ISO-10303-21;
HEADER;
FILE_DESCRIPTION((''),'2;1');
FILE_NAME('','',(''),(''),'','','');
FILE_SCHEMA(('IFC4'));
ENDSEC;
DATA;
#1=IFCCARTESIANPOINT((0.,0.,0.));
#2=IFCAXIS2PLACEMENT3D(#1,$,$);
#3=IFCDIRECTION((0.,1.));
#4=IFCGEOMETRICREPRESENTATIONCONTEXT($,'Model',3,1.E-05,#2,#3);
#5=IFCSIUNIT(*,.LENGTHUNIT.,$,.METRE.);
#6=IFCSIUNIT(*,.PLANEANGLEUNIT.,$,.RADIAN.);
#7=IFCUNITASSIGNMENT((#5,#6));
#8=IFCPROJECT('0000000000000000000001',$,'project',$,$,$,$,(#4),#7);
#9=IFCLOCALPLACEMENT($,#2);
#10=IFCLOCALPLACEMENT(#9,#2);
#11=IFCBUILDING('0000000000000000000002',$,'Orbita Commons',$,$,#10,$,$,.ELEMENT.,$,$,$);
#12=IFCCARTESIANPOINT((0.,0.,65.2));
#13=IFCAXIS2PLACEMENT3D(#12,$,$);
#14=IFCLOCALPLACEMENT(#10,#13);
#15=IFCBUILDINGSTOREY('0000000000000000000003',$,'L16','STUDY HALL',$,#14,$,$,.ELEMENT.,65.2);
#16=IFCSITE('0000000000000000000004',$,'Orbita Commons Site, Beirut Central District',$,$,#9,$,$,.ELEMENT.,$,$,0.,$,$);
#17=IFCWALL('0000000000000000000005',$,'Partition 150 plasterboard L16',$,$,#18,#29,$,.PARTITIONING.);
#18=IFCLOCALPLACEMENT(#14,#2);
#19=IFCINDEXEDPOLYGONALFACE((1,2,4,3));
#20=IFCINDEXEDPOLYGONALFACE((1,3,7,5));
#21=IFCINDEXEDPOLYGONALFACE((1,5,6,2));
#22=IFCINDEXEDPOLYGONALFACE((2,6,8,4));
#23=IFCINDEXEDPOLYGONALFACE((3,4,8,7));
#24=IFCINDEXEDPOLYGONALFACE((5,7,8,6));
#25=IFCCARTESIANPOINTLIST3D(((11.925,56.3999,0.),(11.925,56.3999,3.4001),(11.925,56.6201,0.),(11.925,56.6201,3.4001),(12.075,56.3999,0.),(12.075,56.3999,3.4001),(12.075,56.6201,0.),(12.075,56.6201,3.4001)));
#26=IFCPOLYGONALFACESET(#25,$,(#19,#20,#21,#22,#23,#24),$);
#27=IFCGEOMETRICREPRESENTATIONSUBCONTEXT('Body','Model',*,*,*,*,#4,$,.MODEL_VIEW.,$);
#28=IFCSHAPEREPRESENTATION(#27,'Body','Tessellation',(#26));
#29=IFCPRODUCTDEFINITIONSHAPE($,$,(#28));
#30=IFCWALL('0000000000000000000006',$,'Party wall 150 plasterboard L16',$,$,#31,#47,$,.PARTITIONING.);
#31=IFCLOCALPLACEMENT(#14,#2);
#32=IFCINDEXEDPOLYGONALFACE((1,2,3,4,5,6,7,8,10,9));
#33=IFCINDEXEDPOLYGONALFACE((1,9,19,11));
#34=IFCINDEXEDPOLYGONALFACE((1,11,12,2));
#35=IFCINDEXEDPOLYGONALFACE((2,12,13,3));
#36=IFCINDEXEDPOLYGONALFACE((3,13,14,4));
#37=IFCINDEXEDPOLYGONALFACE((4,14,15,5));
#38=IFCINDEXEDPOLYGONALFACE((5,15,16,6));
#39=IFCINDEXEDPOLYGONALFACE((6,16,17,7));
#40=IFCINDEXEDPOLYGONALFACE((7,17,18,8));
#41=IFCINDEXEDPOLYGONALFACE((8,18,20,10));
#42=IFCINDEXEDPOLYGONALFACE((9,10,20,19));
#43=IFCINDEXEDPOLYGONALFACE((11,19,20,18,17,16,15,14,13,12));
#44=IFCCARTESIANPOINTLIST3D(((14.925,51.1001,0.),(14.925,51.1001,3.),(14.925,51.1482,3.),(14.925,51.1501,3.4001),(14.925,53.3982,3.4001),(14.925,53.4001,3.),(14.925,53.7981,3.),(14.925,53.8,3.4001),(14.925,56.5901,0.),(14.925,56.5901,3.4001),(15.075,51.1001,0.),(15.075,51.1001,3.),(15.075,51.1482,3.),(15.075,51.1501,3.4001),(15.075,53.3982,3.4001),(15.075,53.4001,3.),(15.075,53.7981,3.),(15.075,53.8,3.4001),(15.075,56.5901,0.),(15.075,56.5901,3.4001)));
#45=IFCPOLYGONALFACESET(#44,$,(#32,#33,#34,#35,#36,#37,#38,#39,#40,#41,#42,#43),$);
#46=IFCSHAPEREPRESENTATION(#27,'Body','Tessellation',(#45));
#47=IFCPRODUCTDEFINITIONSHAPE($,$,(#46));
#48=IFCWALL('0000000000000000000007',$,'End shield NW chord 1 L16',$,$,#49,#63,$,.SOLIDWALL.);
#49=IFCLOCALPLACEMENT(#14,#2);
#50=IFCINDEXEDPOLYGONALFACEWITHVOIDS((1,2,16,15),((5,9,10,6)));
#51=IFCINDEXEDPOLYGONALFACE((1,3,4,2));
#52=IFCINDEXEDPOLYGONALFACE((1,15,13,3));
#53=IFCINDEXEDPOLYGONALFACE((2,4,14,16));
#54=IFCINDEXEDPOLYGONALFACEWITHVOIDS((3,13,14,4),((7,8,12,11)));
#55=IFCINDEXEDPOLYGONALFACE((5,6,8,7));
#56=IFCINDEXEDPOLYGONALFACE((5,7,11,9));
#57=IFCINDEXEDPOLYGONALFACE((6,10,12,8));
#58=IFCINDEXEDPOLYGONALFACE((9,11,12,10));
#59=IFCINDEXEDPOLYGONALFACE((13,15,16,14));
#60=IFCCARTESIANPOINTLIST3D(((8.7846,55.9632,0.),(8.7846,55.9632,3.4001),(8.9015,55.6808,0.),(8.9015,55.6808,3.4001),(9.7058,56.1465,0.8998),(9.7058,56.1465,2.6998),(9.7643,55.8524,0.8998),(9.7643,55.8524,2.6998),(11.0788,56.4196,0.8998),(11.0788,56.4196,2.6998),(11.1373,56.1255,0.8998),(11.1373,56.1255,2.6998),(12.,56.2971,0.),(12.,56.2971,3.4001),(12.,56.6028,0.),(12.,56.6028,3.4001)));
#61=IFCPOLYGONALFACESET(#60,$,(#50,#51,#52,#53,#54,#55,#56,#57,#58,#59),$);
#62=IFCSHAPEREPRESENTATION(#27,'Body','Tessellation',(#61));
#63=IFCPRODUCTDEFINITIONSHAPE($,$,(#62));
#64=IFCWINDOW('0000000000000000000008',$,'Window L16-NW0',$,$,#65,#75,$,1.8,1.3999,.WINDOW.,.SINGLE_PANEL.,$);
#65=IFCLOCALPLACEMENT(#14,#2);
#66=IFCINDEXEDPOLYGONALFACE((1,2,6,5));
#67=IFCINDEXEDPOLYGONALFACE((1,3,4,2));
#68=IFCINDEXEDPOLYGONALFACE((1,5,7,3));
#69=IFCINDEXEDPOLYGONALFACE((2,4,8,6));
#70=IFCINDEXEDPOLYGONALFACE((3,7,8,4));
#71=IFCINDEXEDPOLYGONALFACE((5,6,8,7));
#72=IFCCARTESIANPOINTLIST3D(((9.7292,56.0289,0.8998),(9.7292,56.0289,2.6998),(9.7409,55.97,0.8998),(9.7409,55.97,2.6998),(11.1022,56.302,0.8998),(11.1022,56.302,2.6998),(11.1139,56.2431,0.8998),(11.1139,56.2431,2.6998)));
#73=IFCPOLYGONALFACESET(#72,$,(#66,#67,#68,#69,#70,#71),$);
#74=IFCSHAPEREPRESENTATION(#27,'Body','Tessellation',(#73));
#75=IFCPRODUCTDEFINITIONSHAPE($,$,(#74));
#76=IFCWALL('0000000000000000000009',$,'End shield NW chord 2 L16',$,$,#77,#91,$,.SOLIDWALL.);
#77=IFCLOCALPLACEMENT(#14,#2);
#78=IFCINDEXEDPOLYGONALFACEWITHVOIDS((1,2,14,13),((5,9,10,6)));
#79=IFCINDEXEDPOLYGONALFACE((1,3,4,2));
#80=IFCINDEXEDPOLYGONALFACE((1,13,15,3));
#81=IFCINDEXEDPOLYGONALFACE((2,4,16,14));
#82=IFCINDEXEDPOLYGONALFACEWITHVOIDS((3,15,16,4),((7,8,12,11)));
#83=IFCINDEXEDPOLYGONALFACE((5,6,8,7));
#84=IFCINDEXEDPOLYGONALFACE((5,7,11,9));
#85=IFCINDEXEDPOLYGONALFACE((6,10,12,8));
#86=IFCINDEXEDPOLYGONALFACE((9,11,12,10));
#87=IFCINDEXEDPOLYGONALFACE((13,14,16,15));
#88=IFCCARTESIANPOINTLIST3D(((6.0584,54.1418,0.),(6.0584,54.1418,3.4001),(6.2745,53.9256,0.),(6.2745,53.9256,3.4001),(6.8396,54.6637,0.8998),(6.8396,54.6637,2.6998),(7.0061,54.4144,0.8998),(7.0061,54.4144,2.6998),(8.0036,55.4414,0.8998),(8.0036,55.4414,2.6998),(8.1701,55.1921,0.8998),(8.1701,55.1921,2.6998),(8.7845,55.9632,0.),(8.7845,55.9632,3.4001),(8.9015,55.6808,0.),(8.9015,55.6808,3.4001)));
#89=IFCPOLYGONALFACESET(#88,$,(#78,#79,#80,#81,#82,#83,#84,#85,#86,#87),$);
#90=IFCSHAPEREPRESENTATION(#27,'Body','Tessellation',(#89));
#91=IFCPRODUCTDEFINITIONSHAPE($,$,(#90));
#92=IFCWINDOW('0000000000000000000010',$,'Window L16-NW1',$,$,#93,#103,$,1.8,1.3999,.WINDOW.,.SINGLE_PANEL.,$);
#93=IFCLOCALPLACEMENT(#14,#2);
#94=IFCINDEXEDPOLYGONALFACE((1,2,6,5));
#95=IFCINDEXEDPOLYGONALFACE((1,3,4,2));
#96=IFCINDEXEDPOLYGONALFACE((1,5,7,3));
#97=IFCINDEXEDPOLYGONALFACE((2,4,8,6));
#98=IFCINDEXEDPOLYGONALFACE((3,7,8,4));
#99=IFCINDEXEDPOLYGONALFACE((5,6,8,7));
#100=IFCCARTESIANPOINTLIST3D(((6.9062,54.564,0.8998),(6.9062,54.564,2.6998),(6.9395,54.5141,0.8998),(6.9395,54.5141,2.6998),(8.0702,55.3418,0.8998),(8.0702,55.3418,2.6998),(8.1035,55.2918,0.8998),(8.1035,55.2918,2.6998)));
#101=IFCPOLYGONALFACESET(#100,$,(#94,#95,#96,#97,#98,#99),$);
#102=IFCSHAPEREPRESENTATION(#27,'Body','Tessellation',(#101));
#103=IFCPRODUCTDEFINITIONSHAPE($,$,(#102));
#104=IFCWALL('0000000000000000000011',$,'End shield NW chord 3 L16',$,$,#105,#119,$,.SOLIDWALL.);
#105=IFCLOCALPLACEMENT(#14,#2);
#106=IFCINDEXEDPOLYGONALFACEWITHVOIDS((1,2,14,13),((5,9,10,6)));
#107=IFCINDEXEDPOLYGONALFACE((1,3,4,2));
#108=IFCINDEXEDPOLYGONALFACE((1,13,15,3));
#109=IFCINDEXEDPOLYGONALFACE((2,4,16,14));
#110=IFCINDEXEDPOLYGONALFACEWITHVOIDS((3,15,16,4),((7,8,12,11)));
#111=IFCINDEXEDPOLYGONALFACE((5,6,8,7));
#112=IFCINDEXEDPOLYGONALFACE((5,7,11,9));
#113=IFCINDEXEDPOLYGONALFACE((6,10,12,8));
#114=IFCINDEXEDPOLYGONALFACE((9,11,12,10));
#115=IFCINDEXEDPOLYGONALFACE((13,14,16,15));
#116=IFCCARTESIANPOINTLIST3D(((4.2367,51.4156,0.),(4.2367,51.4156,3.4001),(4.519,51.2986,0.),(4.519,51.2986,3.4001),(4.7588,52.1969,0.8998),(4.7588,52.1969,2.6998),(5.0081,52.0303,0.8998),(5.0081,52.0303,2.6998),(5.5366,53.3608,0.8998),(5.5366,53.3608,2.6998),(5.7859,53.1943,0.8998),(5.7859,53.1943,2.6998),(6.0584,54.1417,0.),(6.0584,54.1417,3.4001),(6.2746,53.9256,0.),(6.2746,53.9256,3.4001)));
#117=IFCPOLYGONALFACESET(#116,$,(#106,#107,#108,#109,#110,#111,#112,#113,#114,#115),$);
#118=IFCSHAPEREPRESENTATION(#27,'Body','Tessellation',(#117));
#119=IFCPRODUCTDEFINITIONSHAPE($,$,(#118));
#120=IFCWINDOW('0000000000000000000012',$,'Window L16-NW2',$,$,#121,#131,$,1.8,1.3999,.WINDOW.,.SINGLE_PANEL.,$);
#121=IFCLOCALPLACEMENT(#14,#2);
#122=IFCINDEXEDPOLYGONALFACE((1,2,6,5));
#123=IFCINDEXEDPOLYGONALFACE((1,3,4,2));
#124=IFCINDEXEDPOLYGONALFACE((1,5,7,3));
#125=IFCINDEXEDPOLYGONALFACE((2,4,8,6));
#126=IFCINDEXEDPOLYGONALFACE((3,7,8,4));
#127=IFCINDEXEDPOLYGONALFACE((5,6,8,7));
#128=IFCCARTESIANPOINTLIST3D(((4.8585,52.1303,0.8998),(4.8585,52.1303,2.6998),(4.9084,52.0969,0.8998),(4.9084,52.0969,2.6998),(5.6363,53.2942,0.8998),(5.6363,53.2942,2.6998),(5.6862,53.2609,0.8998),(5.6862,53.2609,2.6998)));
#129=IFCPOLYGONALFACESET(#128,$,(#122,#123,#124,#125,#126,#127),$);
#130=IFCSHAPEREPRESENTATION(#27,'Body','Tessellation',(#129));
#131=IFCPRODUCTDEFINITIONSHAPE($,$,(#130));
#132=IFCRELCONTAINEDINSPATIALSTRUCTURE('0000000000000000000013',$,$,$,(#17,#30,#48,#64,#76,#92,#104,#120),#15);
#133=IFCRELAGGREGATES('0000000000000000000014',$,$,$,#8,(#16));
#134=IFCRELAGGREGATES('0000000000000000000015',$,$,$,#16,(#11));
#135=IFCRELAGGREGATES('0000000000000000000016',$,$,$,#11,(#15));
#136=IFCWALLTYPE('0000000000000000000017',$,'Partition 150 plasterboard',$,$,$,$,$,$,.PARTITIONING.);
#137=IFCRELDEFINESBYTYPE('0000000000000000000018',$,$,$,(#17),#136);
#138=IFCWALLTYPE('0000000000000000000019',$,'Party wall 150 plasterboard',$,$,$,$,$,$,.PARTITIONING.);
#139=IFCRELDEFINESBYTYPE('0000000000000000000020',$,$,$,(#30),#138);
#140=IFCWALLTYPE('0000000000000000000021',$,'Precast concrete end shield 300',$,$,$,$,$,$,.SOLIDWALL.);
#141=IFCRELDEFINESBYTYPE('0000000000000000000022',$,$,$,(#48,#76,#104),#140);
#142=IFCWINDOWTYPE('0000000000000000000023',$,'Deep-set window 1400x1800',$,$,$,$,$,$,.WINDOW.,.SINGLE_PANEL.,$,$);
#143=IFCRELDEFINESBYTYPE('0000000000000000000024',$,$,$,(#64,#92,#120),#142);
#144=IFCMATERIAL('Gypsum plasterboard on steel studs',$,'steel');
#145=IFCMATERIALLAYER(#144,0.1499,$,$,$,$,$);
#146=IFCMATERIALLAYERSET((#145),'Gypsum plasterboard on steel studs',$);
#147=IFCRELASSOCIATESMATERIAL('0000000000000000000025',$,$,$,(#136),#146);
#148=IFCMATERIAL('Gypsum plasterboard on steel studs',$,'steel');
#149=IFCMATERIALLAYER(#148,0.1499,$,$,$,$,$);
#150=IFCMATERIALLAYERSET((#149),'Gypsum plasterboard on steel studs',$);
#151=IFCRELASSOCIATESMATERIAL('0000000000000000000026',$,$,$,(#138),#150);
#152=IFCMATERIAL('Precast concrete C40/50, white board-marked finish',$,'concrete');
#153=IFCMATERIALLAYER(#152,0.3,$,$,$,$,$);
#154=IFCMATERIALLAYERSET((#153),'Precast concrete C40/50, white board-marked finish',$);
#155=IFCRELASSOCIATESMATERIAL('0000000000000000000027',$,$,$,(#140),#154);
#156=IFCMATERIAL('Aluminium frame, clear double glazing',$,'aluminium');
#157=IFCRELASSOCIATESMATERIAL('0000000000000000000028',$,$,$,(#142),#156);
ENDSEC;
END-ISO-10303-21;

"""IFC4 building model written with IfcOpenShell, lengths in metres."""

from ifc_helpers import new_model, si_unit, direction, frame, frame_2d, origin, place, context, subcontext, project, spatial, polyline, rectangle, outline, extrude, material, layer, layer_set, type_object, element, fill, save


model = new_model("IFC4")

# Units and contexts
model_context = context("Model", 3, precision=1e-05, world=origin(), true_north=direction((0.0, 1.0)))
body_context = subcontext(model_context, "Body", "Model", "MODEL_VIEW")
ifc_project = project(units=[si_unit("LENGTHUNIT", "METRE"), si_unit("PLANEANGLEUNIT", "RADIAN")], contexts=[model_context])

# Site, building, storey
site_placement = place(None, origin())
site = spatial("IfcSite", under=ifc_project, at=site_placement, Name="Orbita Commons Site, Beirut Central District", CompositionType="ELEMENT", RefElevation=0.0)
building_placement = place(site_placement, origin())
building = spatial("IfcBuilding", under=site, at=building_placement, Name="Orbita Commons", CompositionType="ELEMENT")
storey_placement = place(building_placement, frame((0.0, 0.0, 65.2)))
storey = spatial("IfcBuildingStorey", under=building, at=storey_placement, Name="L16", Description="STUDY HALL", CompositionType="ELEMENT", Elevation=65.2)

# Walls
ifc_material_1 = material(Name="Gypsum plasterboard on steel studs", Category="steel")
ifc_layer_1 = layer(ifc_material_1, 0.1499)
ifc_layer_set_1 = layer_set([ifc_layer_1], Name="Gypsum plasterboard on steel studs")
wall_type_1 = type_object("IfcWallType", Name="Partition 150 plasterboard", PredefinedType="PARTITIONING", material=ifc_layer_set_1)
wall_1_placement = place(storey_placement, frame((12.0, 56.3999, 0.0), z_axis=(0.0, 0.0, 1.0), x_axis=(0.0, 1.0, 0.0)))
element("IfcWall", 1, at=wall_1_placement, inside=storey, type_object=wall_type_1, Name="Partition 150 plasterboard L16", PredefinedType="PARTITIONING", context=body_context, shape_type="SweptSolid", body=[
    extrude(rectangle(XDim=0.2202, YDim=0.1499, at=frame_2d((0.1101, 0.0))), origin(), (0.0, 0.0, 1.0), 3.4001),
])
ifc_material_2 = material(Name="Gypsum plasterboard on steel studs", Category="steel")
ifc_layer_2 = layer(ifc_material_2, 0.1499)
ifc_layer_set_2 = layer_set([ifc_layer_2], Name="Gypsum plasterboard on steel studs")
wall_type_2 = type_object("IfcWallType", Name="Party wall 150 plasterboard", PredefinedType="PARTITIONING", material=ifc_layer_set_2)
wall_2_placement = place(storey_placement, frame((15.0, 56.5901, 0.0), z_axis=(0.0, 0.0, 1.0), x_axis=(0.0, -1.0, 0.0)))
element("IfcWall", 2, at=wall_2_placement, inside=storey, type_object=wall_type_2, Name="Party wall 150 plasterboard L16", PredefinedType="PARTITIONING", context=body_context, shape_type="SweptSolid", body=[
    extrude(outline(polyline([(0.0, 0.0), (5.49, 0.0), (5.49, 3.0), (5.4419, 3.0), (5.4399, 3.4001), (3.1919, 3.4001), (3.1899, 3.0), (2.792, 3.0), (2.79, 3.4001), (0.0, 3.4001), (0.0, 0.0)])), frame((0.0, 0.075, 0.0), z_axis=(0.0, -1.0, 0.0), x_axis=(1.0, 0.0, 0.0)), (0.0, 0.0, 1.0), 0.1499),
])

# Walls, openings, windows
ifc_material_3 = material(Name="Precast concrete C40/50, white board-marked finish", Category="concrete")
ifc_layer_3 = layer(ifc_material_3, 0.3)
ifc_layer_set_3 = layer_set([ifc_layer_3], Name="Precast concrete C40/50, white board-marked finish")
wall_type_3 = type_object("IfcWallType", Name="Precast concrete end shield 300", PredefinedType="SOLIDWALL", material=ifc_layer_set_3)
wall_3_placement = place(storey_placement, frame((12.0, 56.45, 0.0), z_axis=(0.0, 0.0, 1.0), x_axis=(-0.980787, -0.19508, 0.0)))
wall_3 = element("IfcWall", 3, at=wall_3_placement, inside=storey, type_object=wall_type_3, Name="End shield NW chord 1 L16", PredefinedType="SOLIDWALL", context=body_context, shape_type="SweptSolid", body=[
    extrude(outline(polyline([(-0.0298, -0.1499), (3.2485, -0.1499), (3.189, 0.1499), (0.0298, 0.1499), (-0.0298, -0.1499)])), origin(), (0.0, 0.0, 1.0), 3.4001),
])
opening_1_placement = place(wall_3_placement, frame((0.9094, 0.0, 0.8999)))
opening_1 = element("IfcOpeningElement", 4, at=opening_1_placement, cuts=wall_3, PredefinedType="OPENING", context=body_context, shape_type="SweptSolid", body=[
    extrude(rectangle(XDim=1.3999, YDim=1.8, at=frame_2d((0.7, 0.8999))), frame((0.0, 0.1599, 0.0), z_axis=(0.0, -1.0, 0.0), x_axis=(1.0, 0.0, 0.0)), (0.0, 0.0, 1.0), 0.3201),
])
ifc_material_4 = material(Name="Aluminium frame, clear double glazing", Category="aluminium")
window_type = type_object("IfcWindowType", Name="Deep-set window 1400x1800", PartitioningType="SINGLE_PANEL", PredefinedType="WINDOW", material=ifc_material_4)
window_1_placement = place(opening_1_placement, origin())
window_1 = element("IfcWindow", 5, at=window_1_placement, inside=storey, type_object=window_type, Name="Window L16-NW0", OverallHeight=1.8, OverallWidth=1.3999, PartitioningType="SINGLE_PANEL", PredefinedType="WINDOW", context=body_context, shape_type="SweptSolid", body=[
    extrude(rectangle(XDim=1.3999, YDim=1.8, at=frame_2d((0.7, 0.8999))), frame((0.0, 0.03, 0.0), z_axis=(0.0, -1.0, 0.0), x_axis=(1.0, 0.0, 0.0)), (0.0, 0.0, 1.0), 0.0601),
])
fill(opening_1, window_1)
wall_4_placement = place(storey_placement, frame((8.843, 55.822, 0.0), z_axis=(0.0, 0.0, 1.0), x_axis=(-0.831478, -0.555558, 0.0)))
wall_4 = element("IfcWall", 6, at=wall_4_placement, inside=storey, type_object=wall_type_3, Name="End shield NW chord 2 L16", PredefinedType="SOLIDWALL", context=body_context, shape_type="SweptSolid", body=[
    extrude(outline(polyline([(-0.0298, -0.1499), (3.2488, -0.1499), (3.1892, 0.1499), (0.0298, 0.1499), (-0.0298, -0.1499)])), origin(), (0.0, 0.0, 1.0), 3.4001),
])
opening_2_placement = place(wall_4_placement, frame((0.9094, 0.0, 0.8999)))
opening_2 = element("IfcOpeningElement", 7, at=opening_2_placement, cuts=wall_4, PredefinedType="OPENING", context=body_context, shape_type="SweptSolid", body=[
    extrude(rectangle(XDim=1.3999, YDim=1.8, at=frame_2d((0.7, 0.8999))), frame((0.0, 0.1599, 0.0), z_axis=(0.0, -1.0, 0.0), x_axis=(1.0, 0.0, 0.0)), (0.0, 0.0, 1.0), 0.3201),
])
window_2_placement = place(opening_2_placement, origin())
window_2 = element("IfcWindow", 8, at=window_2_placement, inside=storey, type_object=window_type, Name="Window L16-NW1", OverallHeight=1.8, OverallWidth=1.3999, PartitioningType="SINGLE_PANEL", PredefinedType="WINDOW", context=body_context, shape_type="SweptSolid", body=[
    extrude(rectangle(XDim=1.3999, YDim=1.8, at=frame_2d((0.7, 0.8999))), frame((0.0, 0.03, 0.0), z_axis=(0.0, -1.0, 0.0), x_axis=(1.0, 0.0, 0.0)), (0.0, 0.0, 1.0), 0.0601),
])
fill(opening_2, window_2)
wall_5_placement = place(storey_placement, frame((6.1665, 54.0337, 0.0), z_axis=(0.0, 0.0, 1.0), x_axis=(-0.55561, -0.831443, 0.0)))
wall_5 = element("IfcWall", 9, at=wall_5_placement, inside=storey, type_object=wall_type_3, Name="End shield NW chord 3 L16", PredefinedType="SOLIDWALL", context=body_context, shape_type="SweptSolid", body=[
    extrude(outline(polyline([(-0.0298, -0.1499), (3.249, -0.1499), (3.1895, 0.1499), (0.0298, 0.1499), (-0.0298, -0.1499)])), origin(), (0.0, 0.0, 1.0), 3.4001),
])
opening_3_placement = place(wall_5_placement, frame((0.9094, 0.0, 0.8999)))
opening_3 = element("IfcOpeningElement", 10, at=opening_3_placement, cuts=wall_5, PredefinedType="OPENING", context=body_context, shape_type="SweptSolid", body=[
    extrude(rectangle(XDim=1.3999, YDim=1.8, at=frame_2d((0.7, 0.8999))), frame((0.0, 0.1599, 0.0), z_axis=(0.0, -1.0, 0.0), x_axis=(1.0, 0.0, 0.0)), (0.0, 0.0, 1.0), 0.3201),
])
window_3_placement = place(opening_3_placement, origin())
window_3 = element("IfcWindow", 11, at=window_3_placement, inside=storey, type_object=window_type, Name="Window L16-NW2", OverallHeight=1.8, OverallWidth=1.3999, PartitioningType="SINGLE_PANEL", PredefinedType="WINDOW", context=body_context, shape_type="SweptSolid", body=[
    extrude(rectangle(XDim=1.3999, YDim=1.8, at=frame_2d((0.7, 0.8999))), frame((0.0, 0.03, 0.0), z_axis=(0.0, -1.0, 0.0), x_axis=(1.0, 0.0, 0.0)), (0.0, 0.0, 1.0), 0.0601),
])
fill(opening_3, window_3)

save(model, "model.ifc")
